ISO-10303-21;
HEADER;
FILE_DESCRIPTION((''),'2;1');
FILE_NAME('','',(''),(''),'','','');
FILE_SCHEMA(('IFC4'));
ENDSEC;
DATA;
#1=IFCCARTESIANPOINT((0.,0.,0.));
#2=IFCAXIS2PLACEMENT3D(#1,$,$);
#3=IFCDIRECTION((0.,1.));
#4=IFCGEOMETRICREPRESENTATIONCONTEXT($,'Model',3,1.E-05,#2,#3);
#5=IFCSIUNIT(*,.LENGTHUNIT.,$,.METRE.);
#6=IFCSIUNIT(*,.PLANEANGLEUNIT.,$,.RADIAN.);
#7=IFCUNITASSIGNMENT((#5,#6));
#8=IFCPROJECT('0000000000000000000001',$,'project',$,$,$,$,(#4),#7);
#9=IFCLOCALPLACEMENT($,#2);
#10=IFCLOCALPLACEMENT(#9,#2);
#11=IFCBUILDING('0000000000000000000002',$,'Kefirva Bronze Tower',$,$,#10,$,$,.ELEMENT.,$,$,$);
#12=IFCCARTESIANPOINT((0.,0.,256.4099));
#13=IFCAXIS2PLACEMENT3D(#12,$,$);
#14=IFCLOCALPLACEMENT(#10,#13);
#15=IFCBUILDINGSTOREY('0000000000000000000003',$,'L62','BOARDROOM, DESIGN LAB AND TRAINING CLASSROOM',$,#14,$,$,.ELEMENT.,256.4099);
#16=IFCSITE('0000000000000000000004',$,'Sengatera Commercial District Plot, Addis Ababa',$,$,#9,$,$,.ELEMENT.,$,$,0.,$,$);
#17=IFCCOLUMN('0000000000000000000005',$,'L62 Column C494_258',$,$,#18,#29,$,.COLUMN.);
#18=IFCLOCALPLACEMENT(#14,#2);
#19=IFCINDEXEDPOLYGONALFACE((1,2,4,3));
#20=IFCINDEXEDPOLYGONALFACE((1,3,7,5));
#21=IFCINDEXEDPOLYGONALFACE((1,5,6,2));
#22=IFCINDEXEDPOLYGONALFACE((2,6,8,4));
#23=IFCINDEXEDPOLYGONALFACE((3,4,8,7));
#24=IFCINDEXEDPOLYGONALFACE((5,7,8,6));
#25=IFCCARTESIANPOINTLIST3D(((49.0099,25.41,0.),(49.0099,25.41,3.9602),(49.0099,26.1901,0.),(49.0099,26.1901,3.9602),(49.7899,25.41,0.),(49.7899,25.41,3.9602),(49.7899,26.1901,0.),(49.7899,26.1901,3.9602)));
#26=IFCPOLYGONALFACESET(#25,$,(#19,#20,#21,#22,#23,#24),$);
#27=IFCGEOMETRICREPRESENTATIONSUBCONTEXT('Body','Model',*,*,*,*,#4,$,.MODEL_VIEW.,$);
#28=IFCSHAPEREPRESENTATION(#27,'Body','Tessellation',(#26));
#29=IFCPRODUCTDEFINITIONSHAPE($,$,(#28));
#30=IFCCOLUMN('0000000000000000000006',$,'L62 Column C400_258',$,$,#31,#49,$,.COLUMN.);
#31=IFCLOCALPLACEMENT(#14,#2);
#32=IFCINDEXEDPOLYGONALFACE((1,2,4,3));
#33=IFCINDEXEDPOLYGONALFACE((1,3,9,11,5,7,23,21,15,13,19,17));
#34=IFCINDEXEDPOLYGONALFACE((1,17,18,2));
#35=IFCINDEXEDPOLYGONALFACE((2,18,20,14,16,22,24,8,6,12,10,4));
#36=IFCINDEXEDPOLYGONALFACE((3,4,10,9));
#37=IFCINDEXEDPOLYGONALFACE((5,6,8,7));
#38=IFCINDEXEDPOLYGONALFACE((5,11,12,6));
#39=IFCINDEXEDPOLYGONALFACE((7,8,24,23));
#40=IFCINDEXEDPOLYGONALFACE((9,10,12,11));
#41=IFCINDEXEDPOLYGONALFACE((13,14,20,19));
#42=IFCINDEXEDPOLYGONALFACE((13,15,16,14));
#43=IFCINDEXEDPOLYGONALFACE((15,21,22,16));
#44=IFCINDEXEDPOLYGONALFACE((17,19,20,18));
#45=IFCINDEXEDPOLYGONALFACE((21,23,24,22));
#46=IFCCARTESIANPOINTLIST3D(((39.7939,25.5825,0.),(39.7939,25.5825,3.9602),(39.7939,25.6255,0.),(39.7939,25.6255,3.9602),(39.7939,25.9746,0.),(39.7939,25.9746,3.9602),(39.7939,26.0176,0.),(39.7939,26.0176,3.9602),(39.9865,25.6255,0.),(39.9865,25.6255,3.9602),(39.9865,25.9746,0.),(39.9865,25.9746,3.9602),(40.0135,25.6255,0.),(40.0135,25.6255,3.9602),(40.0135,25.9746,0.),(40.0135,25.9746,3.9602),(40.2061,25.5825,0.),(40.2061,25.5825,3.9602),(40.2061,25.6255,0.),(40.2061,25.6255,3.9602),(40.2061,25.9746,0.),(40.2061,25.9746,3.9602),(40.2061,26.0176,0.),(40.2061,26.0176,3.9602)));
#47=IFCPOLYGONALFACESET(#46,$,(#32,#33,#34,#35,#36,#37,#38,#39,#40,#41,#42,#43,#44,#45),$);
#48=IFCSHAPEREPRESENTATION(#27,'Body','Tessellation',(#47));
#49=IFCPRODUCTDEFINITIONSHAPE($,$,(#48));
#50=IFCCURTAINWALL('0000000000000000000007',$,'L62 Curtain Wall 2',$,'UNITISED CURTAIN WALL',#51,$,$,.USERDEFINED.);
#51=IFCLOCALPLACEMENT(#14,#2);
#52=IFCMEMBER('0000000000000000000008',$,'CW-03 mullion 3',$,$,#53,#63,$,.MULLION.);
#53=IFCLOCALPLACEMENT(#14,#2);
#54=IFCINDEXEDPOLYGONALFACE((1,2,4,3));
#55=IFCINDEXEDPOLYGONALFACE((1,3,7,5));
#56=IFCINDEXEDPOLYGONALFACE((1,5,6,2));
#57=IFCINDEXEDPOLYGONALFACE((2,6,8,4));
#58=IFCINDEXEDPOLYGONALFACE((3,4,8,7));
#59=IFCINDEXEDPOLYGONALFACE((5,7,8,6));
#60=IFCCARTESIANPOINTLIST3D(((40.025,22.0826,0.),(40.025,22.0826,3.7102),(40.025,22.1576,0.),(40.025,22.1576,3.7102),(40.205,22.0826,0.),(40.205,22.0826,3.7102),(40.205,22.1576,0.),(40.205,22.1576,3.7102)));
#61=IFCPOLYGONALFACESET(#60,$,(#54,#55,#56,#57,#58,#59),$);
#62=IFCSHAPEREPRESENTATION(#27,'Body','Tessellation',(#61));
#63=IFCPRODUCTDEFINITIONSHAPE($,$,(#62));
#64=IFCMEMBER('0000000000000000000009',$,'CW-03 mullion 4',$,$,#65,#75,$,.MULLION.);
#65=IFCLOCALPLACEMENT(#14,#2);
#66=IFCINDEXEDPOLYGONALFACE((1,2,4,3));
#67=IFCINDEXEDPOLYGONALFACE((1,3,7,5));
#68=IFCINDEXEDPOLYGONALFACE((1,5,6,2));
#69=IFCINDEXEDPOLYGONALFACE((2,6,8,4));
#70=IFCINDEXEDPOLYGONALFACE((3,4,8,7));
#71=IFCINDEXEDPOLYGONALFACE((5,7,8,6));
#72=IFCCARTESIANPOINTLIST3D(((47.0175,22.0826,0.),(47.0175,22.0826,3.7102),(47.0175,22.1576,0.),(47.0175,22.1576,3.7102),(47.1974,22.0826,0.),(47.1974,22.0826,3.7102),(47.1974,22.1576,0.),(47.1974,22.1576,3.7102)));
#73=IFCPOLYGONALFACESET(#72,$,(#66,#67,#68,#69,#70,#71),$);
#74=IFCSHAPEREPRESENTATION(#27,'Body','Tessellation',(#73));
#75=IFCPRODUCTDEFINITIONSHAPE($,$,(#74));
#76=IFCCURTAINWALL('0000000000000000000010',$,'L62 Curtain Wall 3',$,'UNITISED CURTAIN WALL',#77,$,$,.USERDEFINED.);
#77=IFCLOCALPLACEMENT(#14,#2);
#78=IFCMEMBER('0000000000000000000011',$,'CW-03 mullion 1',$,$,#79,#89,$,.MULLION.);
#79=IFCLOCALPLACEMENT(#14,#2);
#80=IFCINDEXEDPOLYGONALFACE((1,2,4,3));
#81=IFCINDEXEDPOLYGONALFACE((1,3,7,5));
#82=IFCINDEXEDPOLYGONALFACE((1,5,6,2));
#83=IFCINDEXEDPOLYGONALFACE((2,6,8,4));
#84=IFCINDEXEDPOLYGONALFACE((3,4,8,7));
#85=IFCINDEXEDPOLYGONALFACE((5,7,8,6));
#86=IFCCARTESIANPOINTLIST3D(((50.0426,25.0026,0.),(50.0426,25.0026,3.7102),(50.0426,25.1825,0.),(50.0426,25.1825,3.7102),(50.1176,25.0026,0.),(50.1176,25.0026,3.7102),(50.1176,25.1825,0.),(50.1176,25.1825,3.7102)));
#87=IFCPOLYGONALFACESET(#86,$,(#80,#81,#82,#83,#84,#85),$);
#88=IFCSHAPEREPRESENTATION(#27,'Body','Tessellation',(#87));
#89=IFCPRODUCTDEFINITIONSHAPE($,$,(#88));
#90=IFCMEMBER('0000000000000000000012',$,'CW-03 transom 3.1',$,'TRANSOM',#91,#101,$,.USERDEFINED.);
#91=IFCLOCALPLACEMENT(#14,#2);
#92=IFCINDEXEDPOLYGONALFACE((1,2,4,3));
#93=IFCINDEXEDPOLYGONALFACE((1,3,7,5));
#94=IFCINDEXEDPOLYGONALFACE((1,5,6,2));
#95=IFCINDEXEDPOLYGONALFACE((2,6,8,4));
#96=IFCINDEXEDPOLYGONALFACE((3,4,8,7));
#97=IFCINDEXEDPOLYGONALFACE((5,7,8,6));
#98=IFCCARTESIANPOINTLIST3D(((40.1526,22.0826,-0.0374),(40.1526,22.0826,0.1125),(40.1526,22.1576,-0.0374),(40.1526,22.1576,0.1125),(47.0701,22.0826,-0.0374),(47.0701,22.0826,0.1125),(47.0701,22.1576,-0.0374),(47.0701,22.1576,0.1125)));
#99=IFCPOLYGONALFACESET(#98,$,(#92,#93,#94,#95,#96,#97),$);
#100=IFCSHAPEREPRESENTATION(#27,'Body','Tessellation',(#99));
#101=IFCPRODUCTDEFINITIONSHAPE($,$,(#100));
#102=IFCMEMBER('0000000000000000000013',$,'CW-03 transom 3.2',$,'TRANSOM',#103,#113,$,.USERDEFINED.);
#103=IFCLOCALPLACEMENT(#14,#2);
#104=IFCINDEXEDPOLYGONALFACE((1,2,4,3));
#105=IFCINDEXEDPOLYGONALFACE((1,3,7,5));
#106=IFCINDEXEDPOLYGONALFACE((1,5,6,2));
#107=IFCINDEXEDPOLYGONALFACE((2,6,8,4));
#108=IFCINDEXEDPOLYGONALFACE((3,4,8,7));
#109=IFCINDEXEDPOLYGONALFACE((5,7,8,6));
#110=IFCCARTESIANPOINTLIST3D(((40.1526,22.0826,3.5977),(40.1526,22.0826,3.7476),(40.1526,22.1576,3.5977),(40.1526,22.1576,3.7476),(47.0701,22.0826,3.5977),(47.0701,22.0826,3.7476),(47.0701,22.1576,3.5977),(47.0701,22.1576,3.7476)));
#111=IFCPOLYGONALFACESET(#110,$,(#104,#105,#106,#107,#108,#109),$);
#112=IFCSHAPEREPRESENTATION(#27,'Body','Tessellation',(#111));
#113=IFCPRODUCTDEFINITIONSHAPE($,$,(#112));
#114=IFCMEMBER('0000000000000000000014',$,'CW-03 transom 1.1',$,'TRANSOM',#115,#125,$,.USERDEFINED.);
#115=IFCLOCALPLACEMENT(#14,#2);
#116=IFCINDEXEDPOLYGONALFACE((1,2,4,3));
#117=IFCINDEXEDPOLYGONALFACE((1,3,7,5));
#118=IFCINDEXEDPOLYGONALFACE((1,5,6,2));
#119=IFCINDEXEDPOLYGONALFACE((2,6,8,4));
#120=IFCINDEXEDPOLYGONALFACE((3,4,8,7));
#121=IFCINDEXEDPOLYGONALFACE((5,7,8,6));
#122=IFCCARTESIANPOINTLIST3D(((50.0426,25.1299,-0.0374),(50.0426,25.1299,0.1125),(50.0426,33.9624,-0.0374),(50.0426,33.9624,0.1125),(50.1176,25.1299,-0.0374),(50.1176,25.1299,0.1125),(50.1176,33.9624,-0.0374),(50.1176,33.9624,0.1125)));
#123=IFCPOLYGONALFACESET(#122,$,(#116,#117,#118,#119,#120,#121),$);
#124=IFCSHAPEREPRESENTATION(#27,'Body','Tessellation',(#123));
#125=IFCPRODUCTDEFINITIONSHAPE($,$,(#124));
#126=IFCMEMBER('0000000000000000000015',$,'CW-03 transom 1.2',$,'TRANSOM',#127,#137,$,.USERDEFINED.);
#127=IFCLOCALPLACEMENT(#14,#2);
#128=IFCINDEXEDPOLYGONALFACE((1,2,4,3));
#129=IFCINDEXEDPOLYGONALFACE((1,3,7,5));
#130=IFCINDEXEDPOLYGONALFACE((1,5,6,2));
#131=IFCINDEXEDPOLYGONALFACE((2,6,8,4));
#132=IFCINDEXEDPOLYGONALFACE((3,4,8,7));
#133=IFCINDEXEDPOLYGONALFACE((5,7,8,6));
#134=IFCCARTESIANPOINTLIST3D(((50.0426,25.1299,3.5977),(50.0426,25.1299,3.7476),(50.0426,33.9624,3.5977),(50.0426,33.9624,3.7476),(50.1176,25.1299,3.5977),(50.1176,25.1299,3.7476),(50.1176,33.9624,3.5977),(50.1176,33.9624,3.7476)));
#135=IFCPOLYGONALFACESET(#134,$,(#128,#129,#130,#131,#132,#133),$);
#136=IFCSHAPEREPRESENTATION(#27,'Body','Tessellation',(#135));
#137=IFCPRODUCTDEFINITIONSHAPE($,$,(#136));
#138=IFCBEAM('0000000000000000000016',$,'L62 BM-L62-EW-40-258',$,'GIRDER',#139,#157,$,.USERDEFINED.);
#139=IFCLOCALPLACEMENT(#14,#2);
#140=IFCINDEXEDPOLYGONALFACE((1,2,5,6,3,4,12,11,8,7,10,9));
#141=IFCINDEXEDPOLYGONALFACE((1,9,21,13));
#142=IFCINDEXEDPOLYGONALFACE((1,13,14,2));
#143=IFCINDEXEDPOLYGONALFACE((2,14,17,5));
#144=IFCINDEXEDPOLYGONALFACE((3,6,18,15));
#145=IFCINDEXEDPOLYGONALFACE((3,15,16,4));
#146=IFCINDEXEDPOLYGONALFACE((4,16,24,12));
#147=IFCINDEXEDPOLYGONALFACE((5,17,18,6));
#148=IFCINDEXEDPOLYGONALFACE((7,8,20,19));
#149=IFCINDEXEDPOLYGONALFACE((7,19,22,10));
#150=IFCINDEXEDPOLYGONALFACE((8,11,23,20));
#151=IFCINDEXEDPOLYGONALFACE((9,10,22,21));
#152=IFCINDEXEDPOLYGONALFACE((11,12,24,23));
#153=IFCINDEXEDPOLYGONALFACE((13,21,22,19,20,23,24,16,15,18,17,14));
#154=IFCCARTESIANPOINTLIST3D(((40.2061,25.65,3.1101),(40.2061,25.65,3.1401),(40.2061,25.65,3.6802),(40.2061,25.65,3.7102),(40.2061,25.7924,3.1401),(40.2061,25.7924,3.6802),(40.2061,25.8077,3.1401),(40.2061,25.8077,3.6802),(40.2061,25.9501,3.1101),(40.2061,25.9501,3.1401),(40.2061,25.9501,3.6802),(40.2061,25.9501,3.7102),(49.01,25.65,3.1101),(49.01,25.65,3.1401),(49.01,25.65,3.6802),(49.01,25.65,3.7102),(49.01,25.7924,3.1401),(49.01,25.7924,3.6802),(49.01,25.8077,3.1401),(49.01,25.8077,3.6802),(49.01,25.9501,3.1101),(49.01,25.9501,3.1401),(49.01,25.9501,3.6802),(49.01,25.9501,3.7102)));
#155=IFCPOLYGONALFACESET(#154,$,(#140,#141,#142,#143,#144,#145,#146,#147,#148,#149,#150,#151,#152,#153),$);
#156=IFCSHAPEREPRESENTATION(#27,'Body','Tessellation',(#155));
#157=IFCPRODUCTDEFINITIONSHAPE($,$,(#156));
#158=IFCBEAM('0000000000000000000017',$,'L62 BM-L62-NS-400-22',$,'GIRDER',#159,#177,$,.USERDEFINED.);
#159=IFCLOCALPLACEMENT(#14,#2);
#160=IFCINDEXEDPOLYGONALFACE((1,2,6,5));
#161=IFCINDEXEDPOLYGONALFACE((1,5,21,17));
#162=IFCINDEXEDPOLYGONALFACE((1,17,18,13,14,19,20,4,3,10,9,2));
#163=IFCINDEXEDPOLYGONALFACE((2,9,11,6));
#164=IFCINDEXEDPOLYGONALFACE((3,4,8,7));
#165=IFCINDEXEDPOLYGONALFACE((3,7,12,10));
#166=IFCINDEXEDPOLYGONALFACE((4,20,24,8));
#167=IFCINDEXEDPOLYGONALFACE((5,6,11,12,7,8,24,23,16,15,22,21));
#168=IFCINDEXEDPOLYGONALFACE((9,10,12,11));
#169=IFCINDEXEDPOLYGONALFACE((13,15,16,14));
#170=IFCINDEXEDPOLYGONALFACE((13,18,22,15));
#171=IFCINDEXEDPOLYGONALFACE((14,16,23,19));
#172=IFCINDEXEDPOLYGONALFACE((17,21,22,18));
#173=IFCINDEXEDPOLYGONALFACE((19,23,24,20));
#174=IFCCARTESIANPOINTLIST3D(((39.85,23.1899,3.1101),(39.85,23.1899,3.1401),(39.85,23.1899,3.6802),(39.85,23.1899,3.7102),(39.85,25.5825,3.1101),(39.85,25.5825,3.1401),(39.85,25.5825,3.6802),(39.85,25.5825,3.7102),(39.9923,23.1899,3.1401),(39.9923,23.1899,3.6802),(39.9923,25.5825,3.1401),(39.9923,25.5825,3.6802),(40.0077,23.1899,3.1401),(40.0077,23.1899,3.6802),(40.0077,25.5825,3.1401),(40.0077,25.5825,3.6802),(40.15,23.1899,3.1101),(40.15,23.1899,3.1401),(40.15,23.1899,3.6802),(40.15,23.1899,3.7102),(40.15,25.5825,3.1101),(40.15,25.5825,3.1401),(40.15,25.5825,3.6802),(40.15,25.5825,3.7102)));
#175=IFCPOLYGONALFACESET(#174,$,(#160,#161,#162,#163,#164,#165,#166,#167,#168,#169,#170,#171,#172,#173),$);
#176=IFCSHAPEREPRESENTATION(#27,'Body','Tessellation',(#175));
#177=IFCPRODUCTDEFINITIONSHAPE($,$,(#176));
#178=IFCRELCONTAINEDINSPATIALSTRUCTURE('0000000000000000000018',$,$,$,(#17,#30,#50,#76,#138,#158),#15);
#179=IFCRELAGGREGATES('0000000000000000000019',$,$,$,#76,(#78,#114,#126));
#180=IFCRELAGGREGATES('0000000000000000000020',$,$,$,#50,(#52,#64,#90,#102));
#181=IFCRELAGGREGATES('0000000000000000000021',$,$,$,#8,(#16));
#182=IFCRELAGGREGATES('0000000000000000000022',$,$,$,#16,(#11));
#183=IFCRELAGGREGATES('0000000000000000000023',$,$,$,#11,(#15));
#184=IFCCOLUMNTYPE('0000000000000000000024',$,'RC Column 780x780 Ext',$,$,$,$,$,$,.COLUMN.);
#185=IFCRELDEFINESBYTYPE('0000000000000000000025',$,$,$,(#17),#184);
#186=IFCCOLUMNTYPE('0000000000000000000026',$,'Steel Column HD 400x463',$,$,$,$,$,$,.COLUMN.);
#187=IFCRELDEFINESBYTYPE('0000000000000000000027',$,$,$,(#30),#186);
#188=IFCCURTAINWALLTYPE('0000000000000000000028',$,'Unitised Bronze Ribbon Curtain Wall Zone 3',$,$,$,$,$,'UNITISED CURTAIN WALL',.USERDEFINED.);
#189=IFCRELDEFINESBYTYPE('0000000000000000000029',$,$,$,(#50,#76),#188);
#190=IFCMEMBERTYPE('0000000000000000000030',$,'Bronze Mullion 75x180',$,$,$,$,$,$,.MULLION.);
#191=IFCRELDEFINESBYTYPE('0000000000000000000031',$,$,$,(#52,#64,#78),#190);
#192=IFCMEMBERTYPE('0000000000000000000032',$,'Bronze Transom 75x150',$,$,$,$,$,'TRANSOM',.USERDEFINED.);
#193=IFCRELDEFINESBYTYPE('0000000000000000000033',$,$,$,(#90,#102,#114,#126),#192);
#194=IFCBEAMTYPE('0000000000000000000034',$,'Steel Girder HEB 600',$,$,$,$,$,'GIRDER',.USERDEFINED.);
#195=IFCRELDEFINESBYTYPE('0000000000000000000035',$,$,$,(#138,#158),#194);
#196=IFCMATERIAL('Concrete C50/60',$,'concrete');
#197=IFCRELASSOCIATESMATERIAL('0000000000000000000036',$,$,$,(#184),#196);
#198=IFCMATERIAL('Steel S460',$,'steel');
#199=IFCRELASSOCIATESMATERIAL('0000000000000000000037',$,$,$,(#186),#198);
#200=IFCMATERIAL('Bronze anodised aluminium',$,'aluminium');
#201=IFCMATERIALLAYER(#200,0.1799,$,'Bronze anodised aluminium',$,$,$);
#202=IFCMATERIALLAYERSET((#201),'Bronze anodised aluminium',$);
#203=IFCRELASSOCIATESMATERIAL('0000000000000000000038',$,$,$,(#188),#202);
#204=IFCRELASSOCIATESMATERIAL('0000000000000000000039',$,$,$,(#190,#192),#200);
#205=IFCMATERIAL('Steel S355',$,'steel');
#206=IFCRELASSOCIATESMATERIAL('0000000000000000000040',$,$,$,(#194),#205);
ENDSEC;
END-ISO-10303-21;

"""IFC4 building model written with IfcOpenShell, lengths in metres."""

from ifc_helpers import new_model, si_unit, direction, frame, origin, origin_2d, place, context, subcontext, project, spatial, rectangle, i_section, extrude, material, layer, layer_set, material_profile, profile_set, type_object, element, aggregate, save


model = new_model("IFC4")

# Units and contexts
model_context = context("Model", 3, precision=1e-05, world=origin(), true_north=direction((0.0, 1.0)))
body_context = subcontext(model_context, "Body", "Model", "MODEL_VIEW")
ifc_project = project(units=[si_unit("LENGTHUNIT", "METRE"), si_unit("PLANEANGLEUNIT", "RADIAN")], contexts=[model_context])

# Site, building, storey
site_placement = place(None, origin())
site = spatial("IfcSite", under=ifc_project, at=site_placement, Name="Sengatera Commercial District Plot, Addis Ababa", CompositionType="ELEMENT", RefElevation=0.0)
building_placement = place(site_placement, origin())
building = spatial("IfcBuilding", under=site, at=building_placement, Name="Kefirva Bronze Tower", CompositionType="ELEMENT")
storey_placement = place(building_placement, frame((0.0, 0.0, 256.4099)))
storey = spatial("IfcBuildingStorey", under=building, at=storey_placement, Name="L62", Description="BOARDROOM, DESIGN LAB AND TRAINING CLASSROOM", CompositionType="ELEMENT", Elevation=256.4099)

# Columns
ifc_material_1 = material(Name="Concrete C50/60", Category="concrete")
ifc_material_profile_1 = material_profile(ifc_material_1, rectangle(XDim=0.78, YDim=0.78, at=origin_2d()), Name="RC 780x780")
ifc_profile_set_1 = profile_set([ifc_material_profile_1], Name="Concrete C50/60")
column_type_1 = type_object("IfcColumnType", Name="RC Column 780x780 Ext", PredefinedType="COLUMN", material=ifc_profile_set_1)
column_1_placement = place(storey_placement, frame((49.3999, 25.8, 0.0), z_axis=(0.0, 0.0, 1.0), x_axis=(1.0, 0.0, 0.0)))
element("IfcColumn", 1, at=column_1_placement, inside=storey, type_object=column_type_1, Name="L62 Column C494_258", PredefinedType="COLUMN", context=body_context, shape_type="SweptSolid", body=[
    extrude(rectangle(XDim=0.78, YDim=0.78, at=origin_2d()), origin(), (0.0, 0.0, 1.0), 3.9602),
])
ifc_material_2 = material(Name="Steel S460", Category="steel")
ifc_material_profile_2 = material_profile(ifc_material_2, i_section(OverallWidth=0.4121, OverallDepth=0.4351, WebThickness=0.0271, FlangeThickness=0.043, at=origin_2d()), Name="HD 400x463")
ifc_profile_set_2 = profile_set([ifc_material_profile_2], Name="Steel S460")
column_type_2 = type_object("IfcColumnType", Name="Steel Column HD 400x463", PredefinedType="COLUMN", material=ifc_profile_set_2)
column_2_placement = place(storey_placement, frame((40.0, 25.8, 0.0), z_axis=(0.0, 0.0, 1.0), x_axis=(1.0, 0.0, 0.0)))
element("IfcColumn", 2, at=column_2_placement, inside=storey, type_object=column_type_2, Name="L62 Column C400_258", PredefinedType="COLUMN", context=body_context, shape_type="SweptSolid", body=[
    extrude(i_section(OverallWidth=0.4121, OverallDepth=0.4351, WebThickness=0.0271, FlangeThickness=0.043, at=origin_2d()), origin(), (0.0, 0.0, 1.0), 3.9602),
])

# Curtain wall, members
ifc_material_3 = material(Name="Bronze anodised aluminium", Category="aluminium")
ifc_layer_1 = layer(ifc_material_3, 0.1799, Name="Bronze anodised aluminium")
ifc_layer_set_1 = layer_set([ifc_layer_1], Name="Bronze anodised aluminium")
curtain_wall_type = type_object("IfcCurtainWallType", Name="Unitised Bronze Ribbon Curtain Wall Zone 3", ElementType="UNITISED CURTAIN WALL", PredefinedType="USERDEFINED", material=ifc_layer_set_1)
curtain_wall_1_placement = place(storey_placement, origin())
curtain_wall_1 = element("IfcCurtainWall", 3, at=curtain_wall_1_placement, inside=storey, type_object=curtain_wall_type, Name="L62 Curtain Wall 2", ObjectType="UNITISED CURTAIN WALL", PredefinedType="USERDEFINED")
ifc_material_profile_3 = material_profile(ifc_material_3, rectangle(XDim=0.075, YDim=0.1799, at=origin_2d()), Name="ALU 75x180")
ifc_profile_set_3 = profile_set([ifc_material_profile_3], Name="Bronze anodised aluminium")
member_type_1 = type_object("IfcMemberType", Name="Bronze Mullion 75x180", PredefinedType="MULLION", material=ifc_profile_set_3)
member_1_placement = place(storey_placement, frame((40.115, 22.1201, 0.0), z_axis=(0.0, 0.0, 1.0), x_axis=(0.0, 1.0, 0.0)))
member_1 = element("IfcMember", 4, at=member_1_placement, type_object=member_type_1, Name="CW-03 mullion 3", PredefinedType="MULLION", context=body_context, shape_type="SweptSolid", body=[
    extrude(rectangle(XDim=0.075, YDim=0.1799, at=origin_2d()), origin(), (0.0, 0.0, 1.0), 3.7102),
])
member_2_placement = place(storey_placement, frame((47.1074, 22.1201, 0.0), z_axis=(0.0, 0.0, 1.0), x_axis=(0.0, 1.0, 0.0)))
member_2 = element("IfcMember", 5, at=member_2_placement, type_object=member_type_1, Name="CW-03 mullion 4", PredefinedType="MULLION", context=body_context, shape_type="SweptSolid", body=[
    extrude(rectangle(XDim=0.075, YDim=0.1799, at=origin_2d()), origin(), (0.0, 0.0, 1.0), 3.7102),
])

# Curtain wall, member
curtain_wall_2_placement = place(storey_placement, origin())
curtain_wall_2 = element("IfcCurtainWall", 6, at=curtain_wall_2_placement, inside=storey, type_object=curtain_wall_type, Name="L62 Curtain Wall 3", ObjectType="UNITISED CURTAIN WALL", PredefinedType="USERDEFINED")
member_3_placement = place(storey_placement, frame((50.0801, 25.0925, 0.0), z_axis=(0.0, 0.0, 1.0), x_axis=(-1.0, 0.0, 0.0)))
member_3 = element("IfcMember", 7, at=member_3_placement, type_object=member_type_1, Name="CW-03 mullion 1", PredefinedType="MULLION", context=body_context, shape_type="SweptSolid", body=[
    extrude(rectangle(XDim=0.075, YDim=0.1799, at=origin_2d()), origin(), (0.0, 0.0, 1.0), 3.7102),
])

# Members
ifc_material_profile_4 = material_profile(ifc_material_3, rectangle(XDim=0.075, YDim=0.1499, at=origin_2d()), Name="ALU 75x150")
ifc_profile_set_4 = profile_set([ifc_material_profile_4], Name="Bronze anodised aluminium")
member_type_2 = type_object("IfcMemberType", Name="Bronze Transom 75x150", ElementType="TRANSOM", PredefinedType="USERDEFINED", material=ifc_profile_set_4)
member_4_placement = place(storey_placement, frame((40.1526, 22.1201, 0.0376), z_axis=(1.0, 0.0, 0.0), x_axis=(0.0, 1.0, 0.0)))
member_4 = element("IfcMember", 8, at=member_4_placement, type_object=member_type_2, Name="CW-03 transom 3.1", ObjectType="TRANSOM", PredefinedType="USERDEFINED", context=body_context, shape_type="SweptSolid", body=[
    extrude(rectangle(XDim=0.075, YDim=0.1499, at=origin_2d()), origin(), (0.0, 0.0, 1.0), 6.9175),
])
member_5_placement = place(storey_placement, frame((40.1526, 22.1201, 3.6726), z_axis=(1.0, 0.0, 0.0), x_axis=(0.0, 1.0, 0.0)))
member_5 = element("IfcMember", 9, at=member_5_placement, type_object=member_type_2, Name="CW-03 transom 3.2", ObjectType="TRANSOM", PredefinedType="USERDEFINED", context=body_context, shape_type="SweptSolid", body=[
    extrude(rectangle(XDim=0.075, YDim=0.1499, at=origin_2d()), origin(), (0.0, 0.0, 1.0), 6.9175),
])
member_6_placement = place(storey_placement, frame((50.0801, 25.1299, 0.0376), z_axis=(0.0, 1.0, 0.0), x_axis=(-1.0, 0.0, 0.0)))
member_6 = element("IfcMember", 10, at=member_6_placement, type_object=member_type_2, Name="CW-03 transom 1.1", ObjectType="TRANSOM", PredefinedType="USERDEFINED", context=body_context, shape_type="SweptSolid", body=[
    extrude(rectangle(XDim=0.075, YDim=0.1499, at=origin_2d()), origin(), (0.0, 0.0, 1.0), 8.8325),
])
member_7_placement = place(storey_placement, frame((50.0801, 25.1299, 3.6726), z_axis=(0.0, 1.0, 0.0), x_axis=(-1.0, 0.0, 0.0)))
member_7 = element("IfcMember", 11, at=member_7_placement, type_object=member_type_2, Name="CW-03 transom 1.2", ObjectType="TRANSOM", PredefinedType="USERDEFINED", context=body_context, shape_type="SweptSolid", body=[
    extrude(rectangle(XDim=0.075, YDim=0.1499, at=origin_2d()), origin(), (0.0, 0.0, 1.0), 8.8325),
])
aggregate(curtain_wall_2, [member_3, member_6, member_7])

# Beams
ifc_material_4 = material(Name="Steel S355", Category="steel")
ifc_material_profile_5 = material_profile(ifc_material_4, i_section(OverallWidth=0.3, OverallDepth=0.6001, WebThickness=0.0154, FlangeThickness=0.03, at=origin_2d()), Name="HEB 600")
ifc_profile_set_5 = profile_set([ifc_material_profile_5], Name="Steel S355")
beam_type = type_object("IfcBeamType", Name="Steel Girder HEB 600", ElementType="GIRDER", PredefinedType="USERDEFINED", material=ifc_profile_set_5)
beam_1_placement = place(storey_placement, frame((40.2061, 25.8, 3.4102), z_axis=(1.0, 0.0, 0.0), x_axis=(0.0, 1.0, 0.0)))
element("IfcBeam", 12, at=beam_1_placement, inside=storey, type_object=beam_type, Name="L62 BM-L62-EW-40-258", ObjectType="GIRDER", PredefinedType="USERDEFINED", context=body_context, shape_type="SweptSolid", body=[
    extrude(i_section(OverallWidth=0.3, OverallDepth=0.6001, WebThickness=0.0154, FlangeThickness=0.03, at=origin_2d()), origin(), (0.0, 0.0, 1.0), 8.804),
])
beam_2_placement = place(storey_placement, frame((40.0, 23.1899, 3.4102), z_axis=(0.0, 1.0, 0.0), x_axis=(-1.0, 0.0, 0.0)))
element("IfcBeam", 13, at=beam_2_placement, inside=storey, type_object=beam_type, Name="L62 BM-L62-NS-400-22", ObjectType="GIRDER", PredefinedType="USERDEFINED", context=body_context, shape_type="SweptSolid", body=[
    extrude(i_section(OverallWidth=0.3, OverallDepth=0.6001, WebThickness=0.0154, FlangeThickness=0.03, at=origin_2d()), origin(), (0.0, 0.0, 1.0), 2.3926),
])

aggregate(curtain_wall_1, [member_1, member_2, member_4, member_5])

save(model, "model.ifc")
